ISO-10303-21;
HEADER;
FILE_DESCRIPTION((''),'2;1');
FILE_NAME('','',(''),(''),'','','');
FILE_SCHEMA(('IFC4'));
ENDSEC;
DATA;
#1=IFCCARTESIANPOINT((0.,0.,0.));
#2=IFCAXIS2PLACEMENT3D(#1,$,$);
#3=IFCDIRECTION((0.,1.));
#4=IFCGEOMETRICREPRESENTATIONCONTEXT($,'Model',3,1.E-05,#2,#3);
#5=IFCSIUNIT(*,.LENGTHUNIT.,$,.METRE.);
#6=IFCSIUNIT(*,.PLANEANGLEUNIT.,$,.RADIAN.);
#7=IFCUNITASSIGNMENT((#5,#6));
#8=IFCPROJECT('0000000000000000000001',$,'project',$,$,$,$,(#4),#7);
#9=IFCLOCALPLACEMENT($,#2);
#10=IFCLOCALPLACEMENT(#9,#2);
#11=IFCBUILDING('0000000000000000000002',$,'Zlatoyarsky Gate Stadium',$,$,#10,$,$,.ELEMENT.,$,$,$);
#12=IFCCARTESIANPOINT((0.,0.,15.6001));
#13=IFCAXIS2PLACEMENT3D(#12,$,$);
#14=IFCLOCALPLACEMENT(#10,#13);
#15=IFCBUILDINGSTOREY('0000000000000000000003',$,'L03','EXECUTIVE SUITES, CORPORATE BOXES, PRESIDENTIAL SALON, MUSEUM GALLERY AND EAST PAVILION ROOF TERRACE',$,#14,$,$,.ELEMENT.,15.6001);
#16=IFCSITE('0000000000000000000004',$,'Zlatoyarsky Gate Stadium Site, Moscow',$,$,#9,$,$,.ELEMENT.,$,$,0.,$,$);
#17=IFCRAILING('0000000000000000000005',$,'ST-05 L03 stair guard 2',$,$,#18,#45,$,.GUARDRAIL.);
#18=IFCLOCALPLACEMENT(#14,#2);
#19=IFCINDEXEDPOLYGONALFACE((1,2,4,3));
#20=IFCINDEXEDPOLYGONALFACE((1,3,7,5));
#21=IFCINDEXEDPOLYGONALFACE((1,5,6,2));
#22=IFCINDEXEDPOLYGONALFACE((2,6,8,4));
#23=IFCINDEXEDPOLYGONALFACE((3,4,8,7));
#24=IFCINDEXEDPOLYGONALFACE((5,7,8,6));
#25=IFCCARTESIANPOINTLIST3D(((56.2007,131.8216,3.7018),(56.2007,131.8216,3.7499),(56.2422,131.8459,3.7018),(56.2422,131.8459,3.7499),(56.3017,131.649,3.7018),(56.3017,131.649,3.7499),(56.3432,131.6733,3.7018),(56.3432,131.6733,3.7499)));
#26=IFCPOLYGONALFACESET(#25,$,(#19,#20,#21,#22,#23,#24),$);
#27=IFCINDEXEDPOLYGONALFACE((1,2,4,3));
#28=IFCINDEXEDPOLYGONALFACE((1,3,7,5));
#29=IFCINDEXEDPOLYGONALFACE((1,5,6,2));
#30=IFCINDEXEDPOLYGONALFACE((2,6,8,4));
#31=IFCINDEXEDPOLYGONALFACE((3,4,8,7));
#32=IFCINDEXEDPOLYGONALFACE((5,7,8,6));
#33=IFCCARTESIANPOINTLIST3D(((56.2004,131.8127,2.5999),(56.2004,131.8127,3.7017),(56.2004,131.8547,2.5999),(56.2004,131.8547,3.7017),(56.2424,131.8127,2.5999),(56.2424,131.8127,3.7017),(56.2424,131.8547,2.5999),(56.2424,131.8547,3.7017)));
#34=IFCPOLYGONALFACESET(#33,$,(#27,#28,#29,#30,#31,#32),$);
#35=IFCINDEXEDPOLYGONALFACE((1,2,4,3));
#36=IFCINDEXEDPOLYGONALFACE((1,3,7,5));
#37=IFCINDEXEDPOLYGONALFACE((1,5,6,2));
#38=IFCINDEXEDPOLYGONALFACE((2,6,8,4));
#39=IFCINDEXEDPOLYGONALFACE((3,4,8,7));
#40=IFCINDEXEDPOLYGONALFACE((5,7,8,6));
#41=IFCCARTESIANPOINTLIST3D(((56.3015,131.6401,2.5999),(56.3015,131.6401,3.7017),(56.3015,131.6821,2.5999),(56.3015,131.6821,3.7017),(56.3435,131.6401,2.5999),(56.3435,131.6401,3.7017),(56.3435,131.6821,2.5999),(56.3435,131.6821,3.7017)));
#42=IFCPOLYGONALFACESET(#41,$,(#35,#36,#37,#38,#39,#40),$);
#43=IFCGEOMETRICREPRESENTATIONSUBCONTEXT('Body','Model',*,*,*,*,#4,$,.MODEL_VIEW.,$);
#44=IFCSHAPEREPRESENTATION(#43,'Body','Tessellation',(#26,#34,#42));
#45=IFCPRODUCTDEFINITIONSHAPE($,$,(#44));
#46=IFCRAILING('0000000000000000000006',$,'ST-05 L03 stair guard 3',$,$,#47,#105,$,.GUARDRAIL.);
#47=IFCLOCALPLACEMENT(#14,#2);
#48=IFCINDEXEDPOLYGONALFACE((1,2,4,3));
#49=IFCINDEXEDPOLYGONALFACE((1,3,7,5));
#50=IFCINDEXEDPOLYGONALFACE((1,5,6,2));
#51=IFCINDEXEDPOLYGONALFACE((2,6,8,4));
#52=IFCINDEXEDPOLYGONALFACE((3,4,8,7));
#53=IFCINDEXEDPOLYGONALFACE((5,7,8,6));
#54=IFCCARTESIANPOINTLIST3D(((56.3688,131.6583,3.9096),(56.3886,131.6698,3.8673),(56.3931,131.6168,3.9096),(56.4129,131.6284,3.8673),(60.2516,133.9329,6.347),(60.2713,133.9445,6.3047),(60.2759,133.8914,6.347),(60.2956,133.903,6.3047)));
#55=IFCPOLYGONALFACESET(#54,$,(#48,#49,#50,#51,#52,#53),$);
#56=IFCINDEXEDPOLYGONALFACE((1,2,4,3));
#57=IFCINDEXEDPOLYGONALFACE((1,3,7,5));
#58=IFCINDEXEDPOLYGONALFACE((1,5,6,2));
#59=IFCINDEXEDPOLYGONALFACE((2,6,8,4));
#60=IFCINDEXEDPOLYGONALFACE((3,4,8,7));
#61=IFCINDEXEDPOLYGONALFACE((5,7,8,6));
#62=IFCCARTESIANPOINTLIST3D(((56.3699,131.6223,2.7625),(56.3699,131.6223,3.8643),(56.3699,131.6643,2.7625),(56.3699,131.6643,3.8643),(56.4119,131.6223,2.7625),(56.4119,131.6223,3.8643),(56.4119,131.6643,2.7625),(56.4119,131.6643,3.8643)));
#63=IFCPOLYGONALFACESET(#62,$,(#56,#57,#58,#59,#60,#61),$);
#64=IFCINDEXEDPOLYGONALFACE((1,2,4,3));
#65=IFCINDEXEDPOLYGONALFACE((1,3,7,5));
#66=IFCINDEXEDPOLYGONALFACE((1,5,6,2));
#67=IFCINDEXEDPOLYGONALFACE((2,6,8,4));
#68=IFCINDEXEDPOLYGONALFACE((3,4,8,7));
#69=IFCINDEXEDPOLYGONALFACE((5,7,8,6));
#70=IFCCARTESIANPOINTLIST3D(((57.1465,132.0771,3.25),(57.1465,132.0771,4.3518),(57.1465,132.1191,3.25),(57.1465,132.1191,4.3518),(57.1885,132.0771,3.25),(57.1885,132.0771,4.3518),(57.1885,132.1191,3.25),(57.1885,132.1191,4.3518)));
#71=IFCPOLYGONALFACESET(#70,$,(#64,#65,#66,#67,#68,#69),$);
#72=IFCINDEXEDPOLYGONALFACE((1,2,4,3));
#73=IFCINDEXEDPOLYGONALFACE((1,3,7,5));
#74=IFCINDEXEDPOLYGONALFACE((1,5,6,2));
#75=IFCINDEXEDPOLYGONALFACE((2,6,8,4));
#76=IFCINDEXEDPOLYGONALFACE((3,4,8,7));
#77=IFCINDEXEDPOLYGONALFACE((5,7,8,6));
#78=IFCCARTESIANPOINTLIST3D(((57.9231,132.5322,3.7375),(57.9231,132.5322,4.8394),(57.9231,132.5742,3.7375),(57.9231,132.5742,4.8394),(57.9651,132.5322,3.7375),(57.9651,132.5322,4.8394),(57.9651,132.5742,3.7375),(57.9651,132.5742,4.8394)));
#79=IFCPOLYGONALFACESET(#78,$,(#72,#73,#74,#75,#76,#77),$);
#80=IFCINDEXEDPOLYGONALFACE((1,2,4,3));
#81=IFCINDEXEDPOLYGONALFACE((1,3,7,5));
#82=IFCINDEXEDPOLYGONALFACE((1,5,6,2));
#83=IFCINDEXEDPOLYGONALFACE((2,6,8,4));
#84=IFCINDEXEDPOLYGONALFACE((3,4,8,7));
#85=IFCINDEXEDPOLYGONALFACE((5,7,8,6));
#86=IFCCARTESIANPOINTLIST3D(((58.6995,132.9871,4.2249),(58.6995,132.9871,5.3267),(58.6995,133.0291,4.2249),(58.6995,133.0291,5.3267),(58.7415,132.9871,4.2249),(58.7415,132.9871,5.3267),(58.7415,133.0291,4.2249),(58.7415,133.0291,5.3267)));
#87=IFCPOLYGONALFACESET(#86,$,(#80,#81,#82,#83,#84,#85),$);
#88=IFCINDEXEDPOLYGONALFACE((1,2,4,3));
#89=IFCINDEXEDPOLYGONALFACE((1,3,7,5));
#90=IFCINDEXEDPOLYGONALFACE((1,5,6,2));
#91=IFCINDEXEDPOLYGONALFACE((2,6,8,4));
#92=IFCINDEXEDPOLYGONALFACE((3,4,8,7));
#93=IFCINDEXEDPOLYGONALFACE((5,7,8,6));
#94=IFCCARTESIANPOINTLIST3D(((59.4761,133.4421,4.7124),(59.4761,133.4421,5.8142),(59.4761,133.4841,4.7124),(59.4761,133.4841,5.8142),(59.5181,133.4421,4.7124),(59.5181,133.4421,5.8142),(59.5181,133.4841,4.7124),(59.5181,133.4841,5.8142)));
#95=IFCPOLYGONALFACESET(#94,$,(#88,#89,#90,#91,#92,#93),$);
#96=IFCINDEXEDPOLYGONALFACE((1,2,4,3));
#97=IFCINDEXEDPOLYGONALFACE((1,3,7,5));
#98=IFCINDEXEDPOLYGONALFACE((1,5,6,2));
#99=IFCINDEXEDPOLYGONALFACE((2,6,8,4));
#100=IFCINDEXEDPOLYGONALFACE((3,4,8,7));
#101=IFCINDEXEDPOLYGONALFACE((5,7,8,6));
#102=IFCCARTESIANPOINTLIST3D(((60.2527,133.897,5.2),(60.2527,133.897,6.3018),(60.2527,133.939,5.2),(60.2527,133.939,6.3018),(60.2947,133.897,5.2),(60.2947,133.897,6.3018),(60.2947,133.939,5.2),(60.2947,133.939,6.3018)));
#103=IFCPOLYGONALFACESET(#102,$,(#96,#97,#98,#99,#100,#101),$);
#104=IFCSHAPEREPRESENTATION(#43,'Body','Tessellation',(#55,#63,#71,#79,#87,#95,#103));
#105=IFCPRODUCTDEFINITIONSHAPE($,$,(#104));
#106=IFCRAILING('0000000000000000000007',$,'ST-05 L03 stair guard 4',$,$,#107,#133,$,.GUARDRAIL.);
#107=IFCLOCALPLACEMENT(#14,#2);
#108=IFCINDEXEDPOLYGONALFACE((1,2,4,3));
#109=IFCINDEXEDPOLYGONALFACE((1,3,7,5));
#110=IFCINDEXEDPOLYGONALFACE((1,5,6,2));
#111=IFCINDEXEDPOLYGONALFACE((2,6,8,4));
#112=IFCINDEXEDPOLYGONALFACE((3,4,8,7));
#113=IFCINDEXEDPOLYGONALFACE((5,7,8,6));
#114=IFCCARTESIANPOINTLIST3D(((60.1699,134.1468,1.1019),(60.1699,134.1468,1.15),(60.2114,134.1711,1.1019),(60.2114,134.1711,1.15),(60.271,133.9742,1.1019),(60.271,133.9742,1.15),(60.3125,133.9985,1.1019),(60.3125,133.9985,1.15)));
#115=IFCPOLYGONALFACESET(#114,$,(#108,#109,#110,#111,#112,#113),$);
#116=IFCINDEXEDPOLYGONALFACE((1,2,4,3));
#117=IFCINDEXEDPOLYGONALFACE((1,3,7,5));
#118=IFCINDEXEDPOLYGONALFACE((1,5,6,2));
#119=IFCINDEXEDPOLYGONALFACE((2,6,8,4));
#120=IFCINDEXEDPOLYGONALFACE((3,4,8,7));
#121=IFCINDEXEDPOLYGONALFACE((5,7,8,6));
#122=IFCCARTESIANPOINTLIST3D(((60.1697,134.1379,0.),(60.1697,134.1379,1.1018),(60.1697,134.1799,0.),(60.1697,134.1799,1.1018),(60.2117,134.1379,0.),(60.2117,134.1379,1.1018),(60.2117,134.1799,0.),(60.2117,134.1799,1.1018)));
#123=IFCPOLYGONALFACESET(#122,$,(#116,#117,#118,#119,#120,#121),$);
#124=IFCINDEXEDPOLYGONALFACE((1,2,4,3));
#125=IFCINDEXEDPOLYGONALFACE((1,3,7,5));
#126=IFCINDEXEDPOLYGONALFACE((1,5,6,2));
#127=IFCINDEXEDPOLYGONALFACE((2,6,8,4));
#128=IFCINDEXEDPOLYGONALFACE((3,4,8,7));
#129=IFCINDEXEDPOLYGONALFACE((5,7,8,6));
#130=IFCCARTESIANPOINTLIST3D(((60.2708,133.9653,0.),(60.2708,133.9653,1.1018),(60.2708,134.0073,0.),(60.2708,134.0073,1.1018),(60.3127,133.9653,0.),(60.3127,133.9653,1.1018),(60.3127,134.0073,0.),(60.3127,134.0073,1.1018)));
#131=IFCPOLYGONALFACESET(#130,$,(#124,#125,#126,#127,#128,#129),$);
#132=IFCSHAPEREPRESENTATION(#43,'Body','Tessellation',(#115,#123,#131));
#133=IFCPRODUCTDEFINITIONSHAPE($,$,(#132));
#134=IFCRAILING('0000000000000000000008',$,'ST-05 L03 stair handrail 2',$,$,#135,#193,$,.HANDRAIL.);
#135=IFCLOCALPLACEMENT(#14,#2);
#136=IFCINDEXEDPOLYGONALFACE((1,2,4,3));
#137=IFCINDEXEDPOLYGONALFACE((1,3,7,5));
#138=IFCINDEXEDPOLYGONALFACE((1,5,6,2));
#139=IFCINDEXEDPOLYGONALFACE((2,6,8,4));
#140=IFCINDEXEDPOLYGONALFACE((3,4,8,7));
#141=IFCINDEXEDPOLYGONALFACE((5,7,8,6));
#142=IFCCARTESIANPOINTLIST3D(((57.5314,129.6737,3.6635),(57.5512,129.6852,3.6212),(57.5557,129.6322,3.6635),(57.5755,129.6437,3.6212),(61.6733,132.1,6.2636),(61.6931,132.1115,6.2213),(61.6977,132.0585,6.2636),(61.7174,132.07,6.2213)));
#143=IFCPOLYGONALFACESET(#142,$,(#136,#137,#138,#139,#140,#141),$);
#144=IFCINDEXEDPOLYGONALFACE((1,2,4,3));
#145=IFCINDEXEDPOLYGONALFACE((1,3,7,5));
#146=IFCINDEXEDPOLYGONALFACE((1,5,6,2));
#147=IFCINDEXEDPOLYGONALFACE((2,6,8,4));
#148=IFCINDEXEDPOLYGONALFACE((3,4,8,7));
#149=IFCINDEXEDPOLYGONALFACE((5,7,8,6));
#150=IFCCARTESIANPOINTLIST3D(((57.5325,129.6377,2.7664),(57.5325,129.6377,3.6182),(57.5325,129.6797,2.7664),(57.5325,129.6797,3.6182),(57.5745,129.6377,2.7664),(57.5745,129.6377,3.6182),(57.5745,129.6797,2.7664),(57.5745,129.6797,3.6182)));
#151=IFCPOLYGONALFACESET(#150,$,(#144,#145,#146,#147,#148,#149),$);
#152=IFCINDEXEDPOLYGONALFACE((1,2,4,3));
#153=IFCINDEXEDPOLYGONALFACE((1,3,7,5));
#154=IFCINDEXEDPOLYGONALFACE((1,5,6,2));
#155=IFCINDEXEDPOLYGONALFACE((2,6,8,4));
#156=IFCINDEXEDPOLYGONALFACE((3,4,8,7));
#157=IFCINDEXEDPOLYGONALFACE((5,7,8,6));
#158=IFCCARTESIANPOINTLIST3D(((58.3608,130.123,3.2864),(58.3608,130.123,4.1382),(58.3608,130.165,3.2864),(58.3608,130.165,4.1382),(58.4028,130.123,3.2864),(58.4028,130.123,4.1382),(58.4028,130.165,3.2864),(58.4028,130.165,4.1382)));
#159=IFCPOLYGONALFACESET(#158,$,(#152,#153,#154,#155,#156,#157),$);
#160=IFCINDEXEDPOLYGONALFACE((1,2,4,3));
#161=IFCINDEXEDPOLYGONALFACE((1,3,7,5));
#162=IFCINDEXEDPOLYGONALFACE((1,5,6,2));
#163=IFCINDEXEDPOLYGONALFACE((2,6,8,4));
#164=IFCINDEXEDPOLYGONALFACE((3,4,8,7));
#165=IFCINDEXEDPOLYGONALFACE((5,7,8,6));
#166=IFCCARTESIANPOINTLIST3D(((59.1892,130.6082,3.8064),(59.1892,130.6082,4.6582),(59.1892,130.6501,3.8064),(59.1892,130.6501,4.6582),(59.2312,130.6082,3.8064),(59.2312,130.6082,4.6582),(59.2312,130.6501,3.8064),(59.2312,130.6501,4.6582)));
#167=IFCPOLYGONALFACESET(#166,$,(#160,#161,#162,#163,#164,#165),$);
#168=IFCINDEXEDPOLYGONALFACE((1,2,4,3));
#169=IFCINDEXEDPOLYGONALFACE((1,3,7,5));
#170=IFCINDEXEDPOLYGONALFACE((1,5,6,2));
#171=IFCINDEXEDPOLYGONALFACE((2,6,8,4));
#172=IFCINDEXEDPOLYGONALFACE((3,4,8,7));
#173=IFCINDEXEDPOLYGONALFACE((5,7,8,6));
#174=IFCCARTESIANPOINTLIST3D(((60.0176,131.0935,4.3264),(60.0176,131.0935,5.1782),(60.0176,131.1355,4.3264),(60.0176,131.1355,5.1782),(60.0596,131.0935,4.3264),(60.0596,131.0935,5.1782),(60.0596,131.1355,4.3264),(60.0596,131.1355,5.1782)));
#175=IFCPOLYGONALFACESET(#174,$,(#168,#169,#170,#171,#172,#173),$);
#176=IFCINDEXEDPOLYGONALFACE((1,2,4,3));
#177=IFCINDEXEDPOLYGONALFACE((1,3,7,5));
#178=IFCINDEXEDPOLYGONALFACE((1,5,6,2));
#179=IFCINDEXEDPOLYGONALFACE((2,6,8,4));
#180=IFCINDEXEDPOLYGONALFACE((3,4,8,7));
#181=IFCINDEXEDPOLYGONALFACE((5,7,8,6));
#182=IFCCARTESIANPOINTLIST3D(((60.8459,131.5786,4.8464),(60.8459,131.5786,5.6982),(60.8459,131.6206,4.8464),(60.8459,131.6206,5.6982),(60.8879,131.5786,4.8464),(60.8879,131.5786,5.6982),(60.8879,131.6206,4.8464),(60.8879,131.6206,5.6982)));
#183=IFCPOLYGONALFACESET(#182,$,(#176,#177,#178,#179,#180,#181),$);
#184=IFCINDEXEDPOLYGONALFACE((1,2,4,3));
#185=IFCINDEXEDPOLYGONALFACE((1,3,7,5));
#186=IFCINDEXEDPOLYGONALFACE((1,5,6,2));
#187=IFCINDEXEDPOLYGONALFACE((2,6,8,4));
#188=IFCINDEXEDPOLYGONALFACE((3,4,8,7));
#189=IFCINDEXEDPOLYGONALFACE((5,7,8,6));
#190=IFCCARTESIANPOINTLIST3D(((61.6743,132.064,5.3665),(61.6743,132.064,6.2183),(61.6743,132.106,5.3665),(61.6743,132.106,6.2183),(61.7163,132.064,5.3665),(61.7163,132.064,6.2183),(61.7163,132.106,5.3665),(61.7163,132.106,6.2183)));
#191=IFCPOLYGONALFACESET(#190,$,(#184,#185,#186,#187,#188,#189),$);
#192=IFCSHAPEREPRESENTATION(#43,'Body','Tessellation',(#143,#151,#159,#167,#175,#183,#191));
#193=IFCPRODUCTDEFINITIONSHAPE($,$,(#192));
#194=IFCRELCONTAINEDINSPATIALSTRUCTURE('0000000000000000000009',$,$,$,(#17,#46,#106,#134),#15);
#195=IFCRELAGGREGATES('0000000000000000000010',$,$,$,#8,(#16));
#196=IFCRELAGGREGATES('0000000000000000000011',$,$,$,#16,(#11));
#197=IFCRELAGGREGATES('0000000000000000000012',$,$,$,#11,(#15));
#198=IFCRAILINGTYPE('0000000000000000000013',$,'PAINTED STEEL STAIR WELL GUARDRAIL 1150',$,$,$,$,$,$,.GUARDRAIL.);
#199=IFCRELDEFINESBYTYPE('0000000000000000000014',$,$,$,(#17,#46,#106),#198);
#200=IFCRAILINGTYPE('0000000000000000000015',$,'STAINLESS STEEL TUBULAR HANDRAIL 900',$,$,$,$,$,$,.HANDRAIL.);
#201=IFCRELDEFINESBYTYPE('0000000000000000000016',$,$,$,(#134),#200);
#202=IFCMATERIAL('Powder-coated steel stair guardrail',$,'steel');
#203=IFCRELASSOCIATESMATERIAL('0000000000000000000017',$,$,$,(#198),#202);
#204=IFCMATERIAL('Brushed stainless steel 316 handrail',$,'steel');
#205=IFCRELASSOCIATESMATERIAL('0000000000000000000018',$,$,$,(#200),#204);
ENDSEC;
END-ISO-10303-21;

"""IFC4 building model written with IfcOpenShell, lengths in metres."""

from ifc_helpers import new_model, si_unit, direction, frame, origin, origin_2d, place, context, subcontext, project, spatial, rectangle, extrude, material, type_object, element, save


model = new_model("IFC4")

# Units and contexts
model_context = context("Model", 3, precision=1e-05, world=origin(), true_north=direction((0.0, 1.0)))
body_context = subcontext(model_context, "Body", "Model", "MODEL_VIEW")
ifc_project = project(units=[si_unit("LENGTHUNIT", "METRE"), si_unit("PLANEANGLEUNIT", "RADIAN")], contexts=[model_context])

# Site, building, storey
site_placement = place(None, origin())
site = spatial("IfcSite", under=ifc_project, at=site_placement, Name="Zlatoyarsky Gate Stadium Site, Moscow", CompositionType="ELEMENT", RefElevation=0.0)
building_placement = place(site_placement, origin())
building = spatial("IfcBuilding", under=site, at=building_placement, Name="Zlatoyarsky Gate Stadium", CompositionType="ELEMENT")
storey_placement = place(building_placement, frame((0.0, 0.0, 15.6001)))
storey = spatial("IfcBuildingStorey", under=building, at=storey_placement, Name="L03", Description="EXECUTIVE SUITES, CORPORATE BOXES, PRESIDENTIAL SALON, MUSEUM GALLERY AND EAST PAVILION ROOF TERRACE", CompositionType="ELEMENT", Elevation=15.6001)

# Railings
ifc_material_1 = material(Name="Powder-coated steel stair guardrail", Category="steel")
railing_type_1 = type_object("IfcRailingType", Name="PAINTED STEEL STAIR WELL GUARDRAIL 1150", PredefinedType="GUARDRAIL", material=ifc_material_1)
railing_1_placement = place(storey_placement, frame((56.2214, 131.8337, 2.5999)))
element("IfcRailing", 1, at=railing_1_placement, inside=storey, type_object=railing_type_1, Name="ST-05 L03 stair guard 2", PredefinedType="GUARDRAIL", context=body_context, shape_type="SweptSolid", body=[
    extrude(rectangle(XDim=0.0481, YDim=0.0481, at=origin_2d()), frame((0.0, 0.0, 1.126), z_axis=(0.505312, -0.862937, 0.0), x_axis=(0.862937, 0.505312, 0.0)), (0.0, 0.0, 1.0), 0.2),
    extrude(rectangle(XDim=0.042, YDim=0.042, at=origin_2d()), origin(), (0.0, 0.0, 1.0), 1.1018),
    extrude(rectangle(XDim=0.042, YDim=0.042, at=origin_2d()), frame((0.1011, -0.1726, 0.0)), (0.0, 0.0, 1.0), 1.1018),
])
railing_2_placement = place(storey_placement, frame((56.3909, 131.6433, 2.7625)))
element("IfcRailing", 2, at=railing_2_placement, inside=storey, type_object=railing_type_1, Name="ST-05 L03 stair guard 3", PredefinedType="GUARDRAIL", context=body_context, shape_type="SweptSolid", body=[
    extrude(rectangle(XDim=0.0481, YDim=0.0481, at=origin_2d()), frame((0.0, 0.0, 1.126), z_axis=(0.75869, 0.444462, 0.47628), x_axis=(-0.505476, 0.862841, 0.0)), (0.0, 0.0, 1.0), 5.1177),
    extrude(rectangle(XDim=0.042, YDim=0.042, at=origin_2d()), origin(), (0.0, 0.0, 1.0), 1.1018),
    extrude(rectangle(XDim=0.042, YDim=0.042, at=origin_2d()), frame((0.7766, 0.4548, 0.4875)), (0.0, 0.0, 1.0), 1.1018),
    extrude(rectangle(XDim=0.042, YDim=0.042, at=origin_2d()), frame((1.5532, 0.9099, 0.9751)), (0.0, 0.0, 1.0), 1.1018),
    extrude(rectangle(XDim=0.042, YDim=0.042, at=origin_2d()), frame((2.3296, 1.3647, 1.4624)), (0.0, 0.0, 1.0), 1.1018),
    extrude(rectangle(XDim=0.042, YDim=0.042, at=origin_2d()), frame((3.1062, 1.8198, 1.95)), (0.0, 0.0, 1.0), 1.1018),
    extrude(rectangle(XDim=0.042, YDim=0.042, at=origin_2d()), frame((3.8828, 2.2747, 2.4375)), (0.0, 0.0, 1.0), 1.1018),
])
railing_3_placement = place(storey_placement, frame((60.1907, 134.1589, 0.0)))
element("IfcRailing", 3, at=railing_3_placement, inside=storey, type_object=railing_type_1, Name="ST-05 L03 stair guard 4", PredefinedType="GUARDRAIL", context=body_context, shape_type="SweptSolid", body=[
    extrude(rectangle(XDim=0.0481, YDim=0.0481, at=origin_2d()), frame((0.0, 0.0, 1.126), z_axis=(0.505312, -0.862937, 0.0), x_axis=(0.862937, 0.505312, 0.0)), (0.0, 0.0, 1.0), 0.2),
    extrude(rectangle(XDim=0.042, YDim=0.042, at=origin_2d()), origin(), (0.0, 0.0, 1.0), 1.1018),
    extrude(rectangle(XDim=0.042, YDim=0.042, at=origin_2d()), frame((0.1011, -0.1726, 0.0)), (0.0, 0.0, 1.0), 1.1018),
])
ifc_material_2 = material(Name="Brushed stainless steel 316 handrail", Category="steel")
railing_type_2 = type_object("IfcRailingType", Name="STAINLESS STEEL TUBULAR HANDRAIL 900", PredefinedType="HANDRAIL", material=ifc_material_2)
railing_4_placement = place(storey_placement, frame((57.5535, 129.6587, 2.7664)))
element("IfcRailing", 4, at=railing_4_placement, inside=storey, type_object=railing_type_2, Name="ST-05 L03 stair handrail 2", PredefinedType="HANDRAIL", context=body_context, shape_type="SweptSolid", body=[
    extrude(rectangle(XDim=0.0481, YDim=0.0481, at=origin_2d()), frame((0.0, 0.0, 0.876), z_axis=(0.7587, 0.444442, 0.476284), x_axis=(-0.505455, 0.862853, 0.0)), (0.0, 0.0, 1.0), 5.4592),
    extrude(rectangle(XDim=0.042, YDim=0.042, at=origin_2d()), origin(), (0.0, 0.0, 1.0), 0.8518),
    extrude(rectangle(XDim=0.042, YDim=0.042, at=origin_2d()), frame((0.8284, 0.4854, 0.52)), (0.0, 0.0, 1.0), 0.8518),
    extrude(rectangle(XDim=0.042, YDim=0.042, at=origin_2d()), frame((1.6567, 0.9705, 1.04)), (0.0, 0.0, 1.0), 0.8518),
    extrude(rectangle(XDim=0.042, YDim=0.042, at=origin_2d()), frame((2.4851, 1.4558, 1.5601)), (0.0, 0.0, 1.0), 0.8518),
    extrude(rectangle(XDim=0.042, YDim=0.042, at=origin_2d()), frame((3.3135, 1.9409, 2.0801)), (0.0, 0.0, 1.0), 0.8518),
    extrude(rectangle(XDim=0.042, YDim=0.042, at=origin_2d()), frame((4.1418, 2.4263, 2.6001)), (0.0, 0.0, 1.0), 0.8518),
])

save(model, "model.ifc")
